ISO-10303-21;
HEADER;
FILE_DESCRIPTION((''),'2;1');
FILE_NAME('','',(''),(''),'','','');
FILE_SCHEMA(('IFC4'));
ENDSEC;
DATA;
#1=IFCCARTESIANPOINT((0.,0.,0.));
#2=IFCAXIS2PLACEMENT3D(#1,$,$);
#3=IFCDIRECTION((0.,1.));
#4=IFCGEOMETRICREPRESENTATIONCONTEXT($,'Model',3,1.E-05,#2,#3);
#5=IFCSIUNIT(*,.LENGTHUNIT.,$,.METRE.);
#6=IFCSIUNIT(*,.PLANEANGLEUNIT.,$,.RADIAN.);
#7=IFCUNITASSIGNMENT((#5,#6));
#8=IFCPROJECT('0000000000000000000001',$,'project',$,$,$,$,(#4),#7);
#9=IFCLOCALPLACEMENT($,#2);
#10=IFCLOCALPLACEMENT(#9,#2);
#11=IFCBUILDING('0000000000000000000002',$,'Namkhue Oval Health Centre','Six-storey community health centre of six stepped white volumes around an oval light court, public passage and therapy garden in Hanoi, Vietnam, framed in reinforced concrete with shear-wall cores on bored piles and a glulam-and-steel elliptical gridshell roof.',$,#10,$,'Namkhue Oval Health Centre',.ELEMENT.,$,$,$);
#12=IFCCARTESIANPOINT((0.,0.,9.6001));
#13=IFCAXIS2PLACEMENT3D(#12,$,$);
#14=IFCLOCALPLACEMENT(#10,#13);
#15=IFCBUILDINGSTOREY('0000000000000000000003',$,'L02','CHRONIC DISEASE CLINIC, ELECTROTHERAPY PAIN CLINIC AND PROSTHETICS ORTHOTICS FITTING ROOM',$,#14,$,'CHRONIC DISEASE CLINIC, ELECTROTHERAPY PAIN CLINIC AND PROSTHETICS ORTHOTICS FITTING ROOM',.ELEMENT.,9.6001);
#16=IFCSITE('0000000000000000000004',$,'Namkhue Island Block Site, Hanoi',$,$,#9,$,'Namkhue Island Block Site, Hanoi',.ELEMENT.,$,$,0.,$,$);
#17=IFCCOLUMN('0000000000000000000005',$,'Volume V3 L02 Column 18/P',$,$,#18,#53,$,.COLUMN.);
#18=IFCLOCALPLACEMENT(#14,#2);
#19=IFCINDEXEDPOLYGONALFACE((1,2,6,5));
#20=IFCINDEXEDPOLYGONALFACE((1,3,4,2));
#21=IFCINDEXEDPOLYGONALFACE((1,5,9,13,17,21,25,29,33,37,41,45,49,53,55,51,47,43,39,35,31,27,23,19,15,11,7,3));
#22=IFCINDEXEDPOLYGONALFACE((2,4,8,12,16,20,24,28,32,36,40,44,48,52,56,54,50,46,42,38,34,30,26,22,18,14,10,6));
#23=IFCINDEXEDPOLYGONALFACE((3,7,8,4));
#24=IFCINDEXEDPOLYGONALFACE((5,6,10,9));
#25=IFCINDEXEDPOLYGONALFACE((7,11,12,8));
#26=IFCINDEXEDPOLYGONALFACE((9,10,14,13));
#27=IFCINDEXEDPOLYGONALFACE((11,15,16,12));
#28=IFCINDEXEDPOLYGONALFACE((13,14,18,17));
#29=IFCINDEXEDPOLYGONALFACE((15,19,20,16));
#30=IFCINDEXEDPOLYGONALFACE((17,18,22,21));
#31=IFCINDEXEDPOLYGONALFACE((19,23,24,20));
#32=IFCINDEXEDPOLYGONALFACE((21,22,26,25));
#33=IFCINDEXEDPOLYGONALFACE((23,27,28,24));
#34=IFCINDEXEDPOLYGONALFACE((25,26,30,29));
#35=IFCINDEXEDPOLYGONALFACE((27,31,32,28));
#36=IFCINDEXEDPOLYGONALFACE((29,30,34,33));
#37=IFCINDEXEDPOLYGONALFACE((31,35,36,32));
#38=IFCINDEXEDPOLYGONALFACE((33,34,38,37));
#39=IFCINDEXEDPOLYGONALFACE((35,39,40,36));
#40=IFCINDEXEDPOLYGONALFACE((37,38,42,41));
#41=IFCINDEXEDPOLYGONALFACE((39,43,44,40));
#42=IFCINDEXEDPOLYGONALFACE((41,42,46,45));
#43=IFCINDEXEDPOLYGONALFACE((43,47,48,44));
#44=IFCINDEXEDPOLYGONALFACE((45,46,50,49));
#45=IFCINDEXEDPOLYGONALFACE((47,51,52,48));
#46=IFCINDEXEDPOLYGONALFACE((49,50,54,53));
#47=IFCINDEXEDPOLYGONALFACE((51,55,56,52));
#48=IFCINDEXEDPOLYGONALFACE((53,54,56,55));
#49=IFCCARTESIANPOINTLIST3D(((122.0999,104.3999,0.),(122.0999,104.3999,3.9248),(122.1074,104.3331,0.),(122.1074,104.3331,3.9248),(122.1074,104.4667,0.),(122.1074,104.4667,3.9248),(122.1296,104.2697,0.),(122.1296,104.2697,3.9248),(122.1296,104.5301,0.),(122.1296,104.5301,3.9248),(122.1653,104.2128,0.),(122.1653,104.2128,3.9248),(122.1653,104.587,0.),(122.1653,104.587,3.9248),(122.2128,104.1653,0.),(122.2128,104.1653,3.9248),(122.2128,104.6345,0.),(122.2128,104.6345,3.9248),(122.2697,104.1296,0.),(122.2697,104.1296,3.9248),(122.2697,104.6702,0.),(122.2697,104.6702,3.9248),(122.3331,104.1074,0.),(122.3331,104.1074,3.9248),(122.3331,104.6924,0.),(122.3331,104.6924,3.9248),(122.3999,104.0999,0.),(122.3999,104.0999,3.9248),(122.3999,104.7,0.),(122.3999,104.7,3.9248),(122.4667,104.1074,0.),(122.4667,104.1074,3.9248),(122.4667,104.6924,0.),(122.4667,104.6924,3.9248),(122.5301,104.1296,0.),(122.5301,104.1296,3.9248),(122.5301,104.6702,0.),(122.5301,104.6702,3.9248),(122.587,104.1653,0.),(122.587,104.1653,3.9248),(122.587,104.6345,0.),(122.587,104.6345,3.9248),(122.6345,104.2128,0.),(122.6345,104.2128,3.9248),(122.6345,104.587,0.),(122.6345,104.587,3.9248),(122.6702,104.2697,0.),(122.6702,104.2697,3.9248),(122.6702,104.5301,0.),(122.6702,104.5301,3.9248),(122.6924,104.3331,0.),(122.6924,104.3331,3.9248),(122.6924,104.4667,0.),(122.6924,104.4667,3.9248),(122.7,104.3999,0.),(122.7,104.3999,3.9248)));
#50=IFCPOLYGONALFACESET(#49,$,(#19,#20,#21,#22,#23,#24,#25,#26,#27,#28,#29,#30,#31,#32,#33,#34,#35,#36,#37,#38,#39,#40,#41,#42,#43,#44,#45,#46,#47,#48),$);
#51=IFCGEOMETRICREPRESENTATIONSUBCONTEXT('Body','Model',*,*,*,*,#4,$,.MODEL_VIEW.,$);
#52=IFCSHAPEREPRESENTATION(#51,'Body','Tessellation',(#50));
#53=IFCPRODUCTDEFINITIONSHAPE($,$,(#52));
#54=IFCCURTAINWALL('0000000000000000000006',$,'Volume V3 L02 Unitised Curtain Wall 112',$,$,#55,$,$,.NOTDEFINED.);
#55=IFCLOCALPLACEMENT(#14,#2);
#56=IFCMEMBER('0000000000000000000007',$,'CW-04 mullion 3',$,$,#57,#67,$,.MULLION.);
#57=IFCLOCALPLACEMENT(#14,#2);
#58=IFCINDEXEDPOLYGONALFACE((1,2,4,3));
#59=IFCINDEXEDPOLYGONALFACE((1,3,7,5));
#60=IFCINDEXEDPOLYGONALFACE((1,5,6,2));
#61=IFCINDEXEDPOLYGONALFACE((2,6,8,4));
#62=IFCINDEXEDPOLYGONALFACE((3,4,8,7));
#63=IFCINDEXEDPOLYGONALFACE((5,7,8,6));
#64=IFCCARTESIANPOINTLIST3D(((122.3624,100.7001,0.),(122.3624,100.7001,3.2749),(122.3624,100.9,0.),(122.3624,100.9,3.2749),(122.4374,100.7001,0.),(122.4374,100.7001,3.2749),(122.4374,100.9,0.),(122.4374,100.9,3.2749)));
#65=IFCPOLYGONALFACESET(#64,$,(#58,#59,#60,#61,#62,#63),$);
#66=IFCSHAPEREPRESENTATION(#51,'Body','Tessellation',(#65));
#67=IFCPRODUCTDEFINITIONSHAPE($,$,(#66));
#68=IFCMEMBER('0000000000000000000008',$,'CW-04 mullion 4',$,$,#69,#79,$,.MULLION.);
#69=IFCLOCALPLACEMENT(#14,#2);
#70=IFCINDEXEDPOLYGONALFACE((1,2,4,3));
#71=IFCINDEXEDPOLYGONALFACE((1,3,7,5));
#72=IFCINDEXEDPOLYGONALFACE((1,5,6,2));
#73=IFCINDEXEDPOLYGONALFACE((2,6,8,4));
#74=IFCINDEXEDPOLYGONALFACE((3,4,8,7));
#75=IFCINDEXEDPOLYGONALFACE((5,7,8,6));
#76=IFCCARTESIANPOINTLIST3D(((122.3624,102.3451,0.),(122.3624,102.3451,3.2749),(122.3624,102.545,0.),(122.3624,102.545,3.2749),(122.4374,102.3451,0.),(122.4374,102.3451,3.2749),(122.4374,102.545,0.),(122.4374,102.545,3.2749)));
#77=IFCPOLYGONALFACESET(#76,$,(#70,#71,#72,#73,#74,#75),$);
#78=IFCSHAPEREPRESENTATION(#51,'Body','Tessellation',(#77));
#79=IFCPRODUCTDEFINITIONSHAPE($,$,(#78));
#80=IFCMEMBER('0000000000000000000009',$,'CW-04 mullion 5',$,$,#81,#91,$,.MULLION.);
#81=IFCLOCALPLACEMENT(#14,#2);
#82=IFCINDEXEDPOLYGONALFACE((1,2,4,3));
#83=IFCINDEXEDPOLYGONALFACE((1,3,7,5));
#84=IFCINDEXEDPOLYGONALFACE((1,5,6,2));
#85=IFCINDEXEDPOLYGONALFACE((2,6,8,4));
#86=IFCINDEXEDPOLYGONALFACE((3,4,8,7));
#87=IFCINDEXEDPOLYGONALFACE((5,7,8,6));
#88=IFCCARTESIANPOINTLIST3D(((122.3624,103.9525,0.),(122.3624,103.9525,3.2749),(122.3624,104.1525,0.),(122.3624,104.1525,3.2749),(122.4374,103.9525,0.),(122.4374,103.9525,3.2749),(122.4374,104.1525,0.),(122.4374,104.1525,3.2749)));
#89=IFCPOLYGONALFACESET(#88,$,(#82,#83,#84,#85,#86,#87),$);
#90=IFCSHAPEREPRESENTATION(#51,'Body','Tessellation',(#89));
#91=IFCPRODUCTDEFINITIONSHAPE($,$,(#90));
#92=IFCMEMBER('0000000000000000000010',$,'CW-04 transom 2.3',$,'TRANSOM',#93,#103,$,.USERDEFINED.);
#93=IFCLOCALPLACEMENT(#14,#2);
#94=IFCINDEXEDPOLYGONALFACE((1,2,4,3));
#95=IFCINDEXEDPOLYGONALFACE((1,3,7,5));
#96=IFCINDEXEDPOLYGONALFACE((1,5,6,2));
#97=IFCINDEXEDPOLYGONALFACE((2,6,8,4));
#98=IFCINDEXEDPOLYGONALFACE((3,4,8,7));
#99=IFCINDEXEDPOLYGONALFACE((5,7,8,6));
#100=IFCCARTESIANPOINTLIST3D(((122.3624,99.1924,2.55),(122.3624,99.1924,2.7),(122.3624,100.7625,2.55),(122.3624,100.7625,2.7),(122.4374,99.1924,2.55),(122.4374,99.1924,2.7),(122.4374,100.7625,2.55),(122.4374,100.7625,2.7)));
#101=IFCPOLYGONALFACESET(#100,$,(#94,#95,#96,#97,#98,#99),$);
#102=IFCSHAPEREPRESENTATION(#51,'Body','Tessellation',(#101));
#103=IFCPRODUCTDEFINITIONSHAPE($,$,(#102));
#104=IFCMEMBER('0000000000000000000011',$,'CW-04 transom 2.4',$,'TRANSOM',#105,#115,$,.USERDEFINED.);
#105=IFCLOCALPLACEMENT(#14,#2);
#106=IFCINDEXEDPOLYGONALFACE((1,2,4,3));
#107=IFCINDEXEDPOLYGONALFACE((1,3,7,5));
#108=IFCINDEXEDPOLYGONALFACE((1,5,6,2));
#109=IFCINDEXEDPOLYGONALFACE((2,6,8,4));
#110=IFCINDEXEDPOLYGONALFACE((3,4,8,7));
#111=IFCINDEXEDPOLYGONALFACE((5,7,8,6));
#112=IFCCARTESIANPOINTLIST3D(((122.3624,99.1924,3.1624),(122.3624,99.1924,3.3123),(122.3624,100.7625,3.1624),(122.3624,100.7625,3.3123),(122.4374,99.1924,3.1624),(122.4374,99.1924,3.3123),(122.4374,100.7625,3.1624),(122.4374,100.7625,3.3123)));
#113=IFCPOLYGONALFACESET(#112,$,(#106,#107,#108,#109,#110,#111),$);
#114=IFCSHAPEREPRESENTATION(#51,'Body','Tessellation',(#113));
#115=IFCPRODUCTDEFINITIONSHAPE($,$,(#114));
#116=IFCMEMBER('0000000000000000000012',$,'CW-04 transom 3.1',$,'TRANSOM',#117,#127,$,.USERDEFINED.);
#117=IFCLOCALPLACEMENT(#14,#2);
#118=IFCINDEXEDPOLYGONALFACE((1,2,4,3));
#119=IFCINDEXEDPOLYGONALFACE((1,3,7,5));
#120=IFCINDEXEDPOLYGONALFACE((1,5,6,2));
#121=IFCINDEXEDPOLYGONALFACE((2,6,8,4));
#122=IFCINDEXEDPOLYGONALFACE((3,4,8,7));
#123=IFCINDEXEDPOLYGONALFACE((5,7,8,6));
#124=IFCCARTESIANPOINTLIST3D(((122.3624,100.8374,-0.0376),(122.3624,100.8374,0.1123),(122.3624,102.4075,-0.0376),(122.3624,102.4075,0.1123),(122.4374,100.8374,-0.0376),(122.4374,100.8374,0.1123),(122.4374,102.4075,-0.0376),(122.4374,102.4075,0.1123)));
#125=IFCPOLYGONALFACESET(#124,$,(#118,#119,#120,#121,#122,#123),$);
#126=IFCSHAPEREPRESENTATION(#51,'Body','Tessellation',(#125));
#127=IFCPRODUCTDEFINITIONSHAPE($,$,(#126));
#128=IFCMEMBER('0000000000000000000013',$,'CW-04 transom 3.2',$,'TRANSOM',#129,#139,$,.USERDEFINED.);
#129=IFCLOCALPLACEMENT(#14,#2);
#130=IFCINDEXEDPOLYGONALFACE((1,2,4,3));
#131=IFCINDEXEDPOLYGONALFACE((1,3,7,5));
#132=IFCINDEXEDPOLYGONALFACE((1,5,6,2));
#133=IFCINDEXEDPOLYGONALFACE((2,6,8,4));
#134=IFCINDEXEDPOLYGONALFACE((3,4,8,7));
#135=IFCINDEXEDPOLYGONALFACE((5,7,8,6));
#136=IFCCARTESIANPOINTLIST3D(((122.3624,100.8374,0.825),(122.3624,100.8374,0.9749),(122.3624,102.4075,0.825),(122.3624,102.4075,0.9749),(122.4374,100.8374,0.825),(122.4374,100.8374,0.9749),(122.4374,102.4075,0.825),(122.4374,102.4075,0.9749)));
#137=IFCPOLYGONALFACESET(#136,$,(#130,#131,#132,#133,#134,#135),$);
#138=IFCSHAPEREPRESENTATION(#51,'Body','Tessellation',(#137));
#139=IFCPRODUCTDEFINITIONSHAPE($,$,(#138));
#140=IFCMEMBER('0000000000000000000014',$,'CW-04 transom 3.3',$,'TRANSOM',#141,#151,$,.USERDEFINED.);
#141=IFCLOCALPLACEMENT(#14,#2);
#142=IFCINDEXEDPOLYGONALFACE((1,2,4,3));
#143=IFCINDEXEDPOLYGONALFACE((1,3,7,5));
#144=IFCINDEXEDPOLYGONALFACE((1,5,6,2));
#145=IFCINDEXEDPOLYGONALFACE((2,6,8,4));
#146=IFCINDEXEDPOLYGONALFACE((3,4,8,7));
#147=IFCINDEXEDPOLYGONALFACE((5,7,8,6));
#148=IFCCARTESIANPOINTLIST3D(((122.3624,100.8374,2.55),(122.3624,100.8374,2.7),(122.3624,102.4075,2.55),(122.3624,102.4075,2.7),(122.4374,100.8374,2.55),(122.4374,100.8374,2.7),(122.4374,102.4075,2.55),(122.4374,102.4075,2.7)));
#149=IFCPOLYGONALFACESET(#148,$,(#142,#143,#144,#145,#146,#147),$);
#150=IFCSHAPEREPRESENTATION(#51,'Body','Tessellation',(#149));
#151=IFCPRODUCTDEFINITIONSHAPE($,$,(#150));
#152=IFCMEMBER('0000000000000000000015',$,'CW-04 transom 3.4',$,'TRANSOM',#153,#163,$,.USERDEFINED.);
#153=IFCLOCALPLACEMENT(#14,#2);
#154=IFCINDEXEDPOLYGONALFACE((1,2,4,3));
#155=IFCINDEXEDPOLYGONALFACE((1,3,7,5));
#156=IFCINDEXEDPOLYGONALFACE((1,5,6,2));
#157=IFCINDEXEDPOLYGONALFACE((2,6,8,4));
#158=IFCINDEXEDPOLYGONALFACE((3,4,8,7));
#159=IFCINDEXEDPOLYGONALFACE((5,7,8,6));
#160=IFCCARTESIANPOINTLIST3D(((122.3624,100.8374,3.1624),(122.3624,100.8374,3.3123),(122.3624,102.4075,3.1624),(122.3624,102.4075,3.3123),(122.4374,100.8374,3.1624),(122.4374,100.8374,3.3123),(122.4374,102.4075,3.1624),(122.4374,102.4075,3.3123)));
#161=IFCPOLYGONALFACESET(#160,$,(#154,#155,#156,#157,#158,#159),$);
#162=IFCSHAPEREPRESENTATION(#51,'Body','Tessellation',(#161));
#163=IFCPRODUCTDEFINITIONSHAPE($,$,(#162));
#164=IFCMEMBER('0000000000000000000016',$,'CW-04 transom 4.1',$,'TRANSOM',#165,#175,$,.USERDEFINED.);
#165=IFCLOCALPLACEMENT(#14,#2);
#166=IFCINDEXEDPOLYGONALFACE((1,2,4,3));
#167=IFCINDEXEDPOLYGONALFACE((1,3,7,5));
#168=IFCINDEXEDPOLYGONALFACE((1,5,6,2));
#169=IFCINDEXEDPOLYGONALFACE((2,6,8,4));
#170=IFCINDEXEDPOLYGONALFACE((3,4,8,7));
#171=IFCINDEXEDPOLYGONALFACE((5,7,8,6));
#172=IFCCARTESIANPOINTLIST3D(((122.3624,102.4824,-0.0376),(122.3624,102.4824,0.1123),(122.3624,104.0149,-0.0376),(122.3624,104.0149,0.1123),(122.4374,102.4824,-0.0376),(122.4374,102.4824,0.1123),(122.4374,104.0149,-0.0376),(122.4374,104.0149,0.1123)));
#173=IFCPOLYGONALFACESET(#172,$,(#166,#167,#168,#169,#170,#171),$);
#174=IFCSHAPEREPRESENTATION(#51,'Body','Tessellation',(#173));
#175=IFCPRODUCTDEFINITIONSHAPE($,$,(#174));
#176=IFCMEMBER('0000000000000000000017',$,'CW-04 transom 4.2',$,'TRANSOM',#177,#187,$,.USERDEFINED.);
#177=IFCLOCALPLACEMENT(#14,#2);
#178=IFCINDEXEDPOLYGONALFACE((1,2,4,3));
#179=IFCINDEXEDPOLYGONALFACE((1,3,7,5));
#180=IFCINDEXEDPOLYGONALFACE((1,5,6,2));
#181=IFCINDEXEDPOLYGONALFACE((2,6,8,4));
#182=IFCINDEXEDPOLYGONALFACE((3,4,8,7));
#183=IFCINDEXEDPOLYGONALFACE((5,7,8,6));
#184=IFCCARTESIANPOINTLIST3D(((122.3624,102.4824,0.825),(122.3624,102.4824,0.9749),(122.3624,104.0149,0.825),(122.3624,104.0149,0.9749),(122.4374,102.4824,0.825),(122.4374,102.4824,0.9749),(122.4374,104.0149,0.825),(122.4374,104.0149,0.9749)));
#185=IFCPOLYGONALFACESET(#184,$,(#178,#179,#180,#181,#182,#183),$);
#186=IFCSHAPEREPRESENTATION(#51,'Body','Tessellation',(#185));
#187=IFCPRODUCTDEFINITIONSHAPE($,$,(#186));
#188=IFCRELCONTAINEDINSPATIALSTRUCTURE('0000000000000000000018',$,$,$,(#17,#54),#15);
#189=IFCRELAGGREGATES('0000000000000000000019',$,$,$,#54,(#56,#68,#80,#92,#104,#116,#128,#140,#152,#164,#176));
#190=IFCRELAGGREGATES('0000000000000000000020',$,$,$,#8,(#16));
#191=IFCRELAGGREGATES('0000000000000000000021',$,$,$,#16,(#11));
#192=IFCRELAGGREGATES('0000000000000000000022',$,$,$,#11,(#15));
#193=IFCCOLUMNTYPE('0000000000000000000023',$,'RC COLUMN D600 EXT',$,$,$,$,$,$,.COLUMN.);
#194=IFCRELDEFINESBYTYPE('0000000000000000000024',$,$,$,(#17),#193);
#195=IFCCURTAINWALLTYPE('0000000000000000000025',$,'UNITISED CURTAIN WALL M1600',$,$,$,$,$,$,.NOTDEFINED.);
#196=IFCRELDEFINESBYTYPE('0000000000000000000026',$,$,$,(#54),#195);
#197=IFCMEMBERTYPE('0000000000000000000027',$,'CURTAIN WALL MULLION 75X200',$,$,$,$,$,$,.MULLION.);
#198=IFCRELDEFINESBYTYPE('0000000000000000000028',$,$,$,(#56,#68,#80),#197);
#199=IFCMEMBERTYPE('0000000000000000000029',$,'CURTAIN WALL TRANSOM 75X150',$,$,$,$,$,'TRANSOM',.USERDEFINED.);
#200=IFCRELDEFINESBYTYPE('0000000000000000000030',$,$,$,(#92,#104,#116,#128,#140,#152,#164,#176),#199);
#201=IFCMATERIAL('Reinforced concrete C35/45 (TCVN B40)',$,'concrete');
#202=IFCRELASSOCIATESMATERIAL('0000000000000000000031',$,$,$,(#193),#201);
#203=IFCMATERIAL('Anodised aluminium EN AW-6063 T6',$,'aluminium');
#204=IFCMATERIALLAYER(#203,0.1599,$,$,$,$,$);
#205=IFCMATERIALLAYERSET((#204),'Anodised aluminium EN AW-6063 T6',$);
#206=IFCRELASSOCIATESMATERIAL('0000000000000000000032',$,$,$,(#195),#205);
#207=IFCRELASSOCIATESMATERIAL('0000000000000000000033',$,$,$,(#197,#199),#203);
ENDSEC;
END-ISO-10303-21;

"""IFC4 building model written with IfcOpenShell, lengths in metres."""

from ifc_helpers import new_model, si_unit, direction, frame, origin, origin_2d, place, context, subcontext, project, spatial, rectangle, circle, extrude, material, layer, layer_set, material_profile, profile_set, type_object, element, aggregate, save


model = new_model("IFC4")

# Units and contexts
model_context = context("Model", 3, precision=1e-05, world=origin(), true_north=direction((0.0, 1.0)))
body_context = subcontext(model_context, "Body", "Model", "MODEL_VIEW")
ifc_project = project(units=[si_unit("LENGTHUNIT", "METRE"), si_unit("PLANEANGLEUNIT", "RADIAN")], contexts=[model_context])

# Site, building, storey
site_placement = place(None, origin())
site = spatial("IfcSite", under=ifc_project, at=site_placement, Name="Namkhue Island Block Site, Hanoi", LongName="Namkhue Island Block Site, Hanoi", CompositionType="ELEMENT", RefElevation=0.0)
building_placement = place(site_placement, origin())
building = spatial("IfcBuilding", under=site, at=building_placement, Name="Namkhue Oval Health Centre", Description="Six-storey community health centre of six stepped white volumes around an oval light court, public passage and therapy garden in Hanoi, Vietnam, framed in reinforced concrete with shear-wall cores on bored piles and a glulam-and-steel elliptical gridshell roof.", LongName="Namkhue Oval Health Centre", CompositionType="ELEMENT")
storey_placement = place(building_placement, frame((0.0, 0.0, 9.6001)))
storey = spatial("IfcBuildingStorey", under=building, at=storey_placement, Name="L02", Description="CHRONIC DISEASE CLINIC, ELECTROTHERAPY PAIN CLINIC AND PROSTHETICS ORTHOTICS FITTING ROOM", LongName="CHRONIC DISEASE CLINIC, ELECTROTHERAPY PAIN CLINIC AND PROSTHETICS ORTHOTICS FITTING ROOM", CompositionType="ELEMENT", Elevation=9.6001)

# Column
ifc_material_1 = material(Name="Reinforced concrete C35/45 (TCVN B40)", Category="concrete")
ifc_material_profile_1 = material_profile(ifc_material_1, circle(Radius=0.3, at=origin_2d()), Name="RC D600")
ifc_profile_set_1 = profile_set([ifc_material_profile_1], Name="Reinforced concrete C35/45 (TCVN B40)")
column_type = type_object("IfcColumnType", Name="RC COLUMN D600 EXT", PredefinedType="COLUMN", material=ifc_profile_set_1)
column_placement = place(storey_placement, frame((122.3999, 104.3999, 0.0), z_axis=(0.0, 0.0, 1.0), x_axis=(1.0, 0.0, 0.0)))
element("IfcColumn", 1, at=column_placement, inside=storey, type_object=column_type, Name="Volume V3 L02 Column 18/P", PredefinedType="COLUMN", context=body_context, shape_type="SweptSolid", body=[
    extrude(circle(Radius=0.3, at=origin_2d()), origin(), (0.0, 0.0, 1.0), 3.9248),
])

# Curtain wall, members
ifc_material_2 = material(Name="Anodised aluminium EN AW-6063 T6", Category="aluminium")
ifc_layer_1 = layer(ifc_material_2, 0.1599)
ifc_layer_set_1 = layer_set([ifc_layer_1], Name="Anodised aluminium EN AW-6063 T6")
curtain_wall_type = type_object("IfcCurtainWallType", Name="UNITISED CURTAIN WALL M1600", PredefinedType="NOTDEFINED", material=ifc_layer_set_1)
curtain_wall_placement = place(storey_placement, origin())
curtain_wall = element("IfcCurtainWall", 2, at=curtain_wall_placement, inside=storey, type_object=curtain_wall_type, Name="Volume V3 L02 Unitised Curtain Wall 112", PredefinedType="NOTDEFINED")
ifc_material_profile_2 = material_profile(ifc_material_2, rectangle(XDim=0.075, YDim=0.2, at=origin_2d()), Name="ALU 75x200")
ifc_profile_set_2 = profile_set([ifc_material_profile_2], Name="Anodised aluminium EN AW-6063 T6")
member_type_1 = type_object("IfcMemberType", Name="CURTAIN WALL MULLION 75X200", PredefinedType="MULLION", material=ifc_profile_set_2)
member_1_placement = place(storey_placement, frame((122.3999, 100.8, 0.0), z_axis=(0.0, 0.0, 1.0), x_axis=(-1.0, 0.0, 0.0)))
member_1 = element("IfcMember", 3, at=member_1_placement, type_object=member_type_1, Name="CW-04 mullion 3", PredefinedType="MULLION", context=body_context, shape_type="SweptSolid", body=[
    extrude(rectangle(XDim=0.075, YDim=0.2, at=origin_2d()), origin(), (0.0, 0.0, 1.0), 3.2749),
])
member_2_placement = place(storey_placement, frame((122.3999, 102.4451, 0.0), z_axis=(0.0, 0.0, 1.0), x_axis=(-1.0, 0.0, 0.0)))
member_2 = element("IfcMember", 4, at=member_2_placement, type_object=member_type_1, Name="CW-04 mullion 4", PredefinedType="MULLION", context=body_context, shape_type="SweptSolid", body=[
    extrude(rectangle(XDim=0.075, YDim=0.2, at=origin_2d()), origin(), (0.0, 0.0, 1.0), 3.2749),
])
member_3_placement = place(storey_placement, frame((122.3999, 104.0525, 0.0), z_axis=(0.0, 0.0, 1.0), x_axis=(-1.0, 0.0, 0.0)))
member_3 = element("IfcMember", 5, at=member_3_placement, type_object=member_type_1, Name="CW-04 mullion 5", PredefinedType="MULLION", context=body_context, shape_type="SweptSolid", body=[
    extrude(rectangle(XDim=0.075, YDim=0.2, at=origin_2d()), origin(), (0.0, 0.0, 1.0), 3.2749),
])
ifc_material_profile_3 = material_profile(ifc_material_2, rectangle(XDim=0.075, YDim=0.1499, at=origin_2d()), Name="ALU 75x150")
ifc_profile_set_3 = profile_set([ifc_material_profile_3], Name="Anodised aluminium EN AW-6063 T6")
member_type_2 = type_object("IfcMemberType", Name="CURTAIN WALL TRANSOM 75X150", ElementType="TRANSOM", PredefinedType="USERDEFINED", material=ifc_profile_set_3)
member_4_placement = place(storey_placement, frame((122.3999, 99.1924, 2.625), z_axis=(0.0, 1.0, 0.0), x_axis=(-1.0, 0.0, 0.0)))
member_4 = element("IfcMember", 6, at=member_4_placement, type_object=member_type_2, Name="CW-04 transom 2.3", ObjectType="TRANSOM", PredefinedType="USERDEFINED", context=body_context, shape_type="SweptSolid", body=[
    extrude(rectangle(XDim=0.075, YDim=0.1499, at=origin_2d()), origin(), (0.0, 0.0, 1.0), 1.5701),
])
member_5_placement = place(storey_placement, frame((122.3999, 99.1924, 3.2373), z_axis=(0.0, 1.0, 0.0), x_axis=(-1.0, 0.0, 0.0)))
member_5 = element("IfcMember", 7, at=member_5_placement, type_object=member_type_2, Name="CW-04 transom 2.4", ObjectType="TRANSOM", PredefinedType="USERDEFINED", context=body_context, shape_type="SweptSolid", body=[
    extrude(rectangle(XDim=0.075, YDim=0.1499, at=origin_2d()), origin(), (0.0, 0.0, 1.0), 1.5701),
])
member_6_placement = place(storey_placement, frame((122.3999, 100.8374, 0.0374), z_axis=(0.0, 1.0, 0.0), x_axis=(-1.0, 0.0, 0.0)))
member_6 = element("IfcMember", 8, at=member_6_placement, type_object=member_type_2, Name="CW-04 transom 3.1", ObjectType="TRANSOM", PredefinedType="USERDEFINED", context=body_context, shape_type="SweptSolid", body=[
    extrude(rectangle(XDim=0.075, YDim=0.1499, at=origin_2d()), origin(), (0.0, 0.0, 1.0), 1.5701),
])
member_7_placement = place(storey_placement, frame((122.3999, 100.8374, 0.8999), z_axis=(0.0, 1.0, 0.0), x_axis=(-1.0, 0.0, 0.0)))
member_7 = element("IfcMember", 9, at=member_7_placement, type_object=member_type_2, Name="CW-04 transom 3.2", ObjectType="TRANSOM", PredefinedType="USERDEFINED", context=body_context, shape_type="SweptSolid", body=[
    extrude(rectangle(XDim=0.075, YDim=0.1499, at=origin_2d()), origin(), (0.0, 0.0, 1.0), 1.5701),
])
member_8_placement = place(storey_placement, frame((122.3999, 100.8374, 2.625), z_axis=(0.0, 1.0, 0.0), x_axis=(-1.0, 0.0, 0.0)))
member_8 = element("IfcMember", 10, at=member_8_placement, type_object=member_type_2, Name="CW-04 transom 3.3", ObjectType="TRANSOM", PredefinedType="USERDEFINED", context=body_context, shape_type="SweptSolid", body=[
    extrude(rectangle(XDim=0.075, YDim=0.1499, at=origin_2d()), origin(), (0.0, 0.0, 1.0), 1.5701),
])
member_9_placement = place(storey_placement, frame((122.3999, 100.8374, 3.2373), z_axis=(0.0, 1.0, 0.0), x_axis=(-1.0, 0.0, 0.0)))
member_9 = element("IfcMember", 11, at=member_9_placement, type_object=member_type_2, Name="CW-04 transom 3.4", ObjectType="TRANSOM", PredefinedType="USERDEFINED", context=body_context, shape_type="SweptSolid", body=[
    extrude(rectangle(XDim=0.075, YDim=0.1499, at=origin_2d()), origin(), (0.0, 0.0, 1.0), 1.5701),
])
member_10_placement = place(storey_placement, frame((122.3999, 102.4824, 0.0374), z_axis=(0.0, 1.0, 0.0), x_axis=(-1.0, 0.0, 0.0)))
member_10 = element("IfcMember", 12, at=member_10_placement, type_object=member_type_2, Name="CW-04 transom 4.1", ObjectType="TRANSOM", PredefinedType="USERDEFINED", context=body_context, shape_type="SweptSolid", body=[
    extrude(rectangle(XDim=0.075, YDim=0.1499, at=origin_2d()), origin(), (0.0, 0.0, 1.0), 1.5325),
])
member_11_placement = place(storey_placement, frame((122.3999, 102.4824, 0.8999), z_axis=(0.0, 1.0, 0.0), x_axis=(-1.0, 0.0, 0.0)))
member_11 = element("IfcMember", 13, at=member_11_placement, type_object=member_type_2, Name="CW-04 transom 4.2", ObjectType="TRANSOM", PredefinedType="USERDEFINED", context=body_context, shape_type="SweptSolid", body=[
    extrude(rectangle(XDim=0.075, YDim=0.1499, at=origin_2d()), origin(), (0.0, 0.0, 1.0), 1.5325),
])
aggregate(curtain_wall, [member_1, member_2, member_3, member_4, member_5, member_6, member_7, member_8, member_9, member_10, member_11])

save(model, "model.ifc")
